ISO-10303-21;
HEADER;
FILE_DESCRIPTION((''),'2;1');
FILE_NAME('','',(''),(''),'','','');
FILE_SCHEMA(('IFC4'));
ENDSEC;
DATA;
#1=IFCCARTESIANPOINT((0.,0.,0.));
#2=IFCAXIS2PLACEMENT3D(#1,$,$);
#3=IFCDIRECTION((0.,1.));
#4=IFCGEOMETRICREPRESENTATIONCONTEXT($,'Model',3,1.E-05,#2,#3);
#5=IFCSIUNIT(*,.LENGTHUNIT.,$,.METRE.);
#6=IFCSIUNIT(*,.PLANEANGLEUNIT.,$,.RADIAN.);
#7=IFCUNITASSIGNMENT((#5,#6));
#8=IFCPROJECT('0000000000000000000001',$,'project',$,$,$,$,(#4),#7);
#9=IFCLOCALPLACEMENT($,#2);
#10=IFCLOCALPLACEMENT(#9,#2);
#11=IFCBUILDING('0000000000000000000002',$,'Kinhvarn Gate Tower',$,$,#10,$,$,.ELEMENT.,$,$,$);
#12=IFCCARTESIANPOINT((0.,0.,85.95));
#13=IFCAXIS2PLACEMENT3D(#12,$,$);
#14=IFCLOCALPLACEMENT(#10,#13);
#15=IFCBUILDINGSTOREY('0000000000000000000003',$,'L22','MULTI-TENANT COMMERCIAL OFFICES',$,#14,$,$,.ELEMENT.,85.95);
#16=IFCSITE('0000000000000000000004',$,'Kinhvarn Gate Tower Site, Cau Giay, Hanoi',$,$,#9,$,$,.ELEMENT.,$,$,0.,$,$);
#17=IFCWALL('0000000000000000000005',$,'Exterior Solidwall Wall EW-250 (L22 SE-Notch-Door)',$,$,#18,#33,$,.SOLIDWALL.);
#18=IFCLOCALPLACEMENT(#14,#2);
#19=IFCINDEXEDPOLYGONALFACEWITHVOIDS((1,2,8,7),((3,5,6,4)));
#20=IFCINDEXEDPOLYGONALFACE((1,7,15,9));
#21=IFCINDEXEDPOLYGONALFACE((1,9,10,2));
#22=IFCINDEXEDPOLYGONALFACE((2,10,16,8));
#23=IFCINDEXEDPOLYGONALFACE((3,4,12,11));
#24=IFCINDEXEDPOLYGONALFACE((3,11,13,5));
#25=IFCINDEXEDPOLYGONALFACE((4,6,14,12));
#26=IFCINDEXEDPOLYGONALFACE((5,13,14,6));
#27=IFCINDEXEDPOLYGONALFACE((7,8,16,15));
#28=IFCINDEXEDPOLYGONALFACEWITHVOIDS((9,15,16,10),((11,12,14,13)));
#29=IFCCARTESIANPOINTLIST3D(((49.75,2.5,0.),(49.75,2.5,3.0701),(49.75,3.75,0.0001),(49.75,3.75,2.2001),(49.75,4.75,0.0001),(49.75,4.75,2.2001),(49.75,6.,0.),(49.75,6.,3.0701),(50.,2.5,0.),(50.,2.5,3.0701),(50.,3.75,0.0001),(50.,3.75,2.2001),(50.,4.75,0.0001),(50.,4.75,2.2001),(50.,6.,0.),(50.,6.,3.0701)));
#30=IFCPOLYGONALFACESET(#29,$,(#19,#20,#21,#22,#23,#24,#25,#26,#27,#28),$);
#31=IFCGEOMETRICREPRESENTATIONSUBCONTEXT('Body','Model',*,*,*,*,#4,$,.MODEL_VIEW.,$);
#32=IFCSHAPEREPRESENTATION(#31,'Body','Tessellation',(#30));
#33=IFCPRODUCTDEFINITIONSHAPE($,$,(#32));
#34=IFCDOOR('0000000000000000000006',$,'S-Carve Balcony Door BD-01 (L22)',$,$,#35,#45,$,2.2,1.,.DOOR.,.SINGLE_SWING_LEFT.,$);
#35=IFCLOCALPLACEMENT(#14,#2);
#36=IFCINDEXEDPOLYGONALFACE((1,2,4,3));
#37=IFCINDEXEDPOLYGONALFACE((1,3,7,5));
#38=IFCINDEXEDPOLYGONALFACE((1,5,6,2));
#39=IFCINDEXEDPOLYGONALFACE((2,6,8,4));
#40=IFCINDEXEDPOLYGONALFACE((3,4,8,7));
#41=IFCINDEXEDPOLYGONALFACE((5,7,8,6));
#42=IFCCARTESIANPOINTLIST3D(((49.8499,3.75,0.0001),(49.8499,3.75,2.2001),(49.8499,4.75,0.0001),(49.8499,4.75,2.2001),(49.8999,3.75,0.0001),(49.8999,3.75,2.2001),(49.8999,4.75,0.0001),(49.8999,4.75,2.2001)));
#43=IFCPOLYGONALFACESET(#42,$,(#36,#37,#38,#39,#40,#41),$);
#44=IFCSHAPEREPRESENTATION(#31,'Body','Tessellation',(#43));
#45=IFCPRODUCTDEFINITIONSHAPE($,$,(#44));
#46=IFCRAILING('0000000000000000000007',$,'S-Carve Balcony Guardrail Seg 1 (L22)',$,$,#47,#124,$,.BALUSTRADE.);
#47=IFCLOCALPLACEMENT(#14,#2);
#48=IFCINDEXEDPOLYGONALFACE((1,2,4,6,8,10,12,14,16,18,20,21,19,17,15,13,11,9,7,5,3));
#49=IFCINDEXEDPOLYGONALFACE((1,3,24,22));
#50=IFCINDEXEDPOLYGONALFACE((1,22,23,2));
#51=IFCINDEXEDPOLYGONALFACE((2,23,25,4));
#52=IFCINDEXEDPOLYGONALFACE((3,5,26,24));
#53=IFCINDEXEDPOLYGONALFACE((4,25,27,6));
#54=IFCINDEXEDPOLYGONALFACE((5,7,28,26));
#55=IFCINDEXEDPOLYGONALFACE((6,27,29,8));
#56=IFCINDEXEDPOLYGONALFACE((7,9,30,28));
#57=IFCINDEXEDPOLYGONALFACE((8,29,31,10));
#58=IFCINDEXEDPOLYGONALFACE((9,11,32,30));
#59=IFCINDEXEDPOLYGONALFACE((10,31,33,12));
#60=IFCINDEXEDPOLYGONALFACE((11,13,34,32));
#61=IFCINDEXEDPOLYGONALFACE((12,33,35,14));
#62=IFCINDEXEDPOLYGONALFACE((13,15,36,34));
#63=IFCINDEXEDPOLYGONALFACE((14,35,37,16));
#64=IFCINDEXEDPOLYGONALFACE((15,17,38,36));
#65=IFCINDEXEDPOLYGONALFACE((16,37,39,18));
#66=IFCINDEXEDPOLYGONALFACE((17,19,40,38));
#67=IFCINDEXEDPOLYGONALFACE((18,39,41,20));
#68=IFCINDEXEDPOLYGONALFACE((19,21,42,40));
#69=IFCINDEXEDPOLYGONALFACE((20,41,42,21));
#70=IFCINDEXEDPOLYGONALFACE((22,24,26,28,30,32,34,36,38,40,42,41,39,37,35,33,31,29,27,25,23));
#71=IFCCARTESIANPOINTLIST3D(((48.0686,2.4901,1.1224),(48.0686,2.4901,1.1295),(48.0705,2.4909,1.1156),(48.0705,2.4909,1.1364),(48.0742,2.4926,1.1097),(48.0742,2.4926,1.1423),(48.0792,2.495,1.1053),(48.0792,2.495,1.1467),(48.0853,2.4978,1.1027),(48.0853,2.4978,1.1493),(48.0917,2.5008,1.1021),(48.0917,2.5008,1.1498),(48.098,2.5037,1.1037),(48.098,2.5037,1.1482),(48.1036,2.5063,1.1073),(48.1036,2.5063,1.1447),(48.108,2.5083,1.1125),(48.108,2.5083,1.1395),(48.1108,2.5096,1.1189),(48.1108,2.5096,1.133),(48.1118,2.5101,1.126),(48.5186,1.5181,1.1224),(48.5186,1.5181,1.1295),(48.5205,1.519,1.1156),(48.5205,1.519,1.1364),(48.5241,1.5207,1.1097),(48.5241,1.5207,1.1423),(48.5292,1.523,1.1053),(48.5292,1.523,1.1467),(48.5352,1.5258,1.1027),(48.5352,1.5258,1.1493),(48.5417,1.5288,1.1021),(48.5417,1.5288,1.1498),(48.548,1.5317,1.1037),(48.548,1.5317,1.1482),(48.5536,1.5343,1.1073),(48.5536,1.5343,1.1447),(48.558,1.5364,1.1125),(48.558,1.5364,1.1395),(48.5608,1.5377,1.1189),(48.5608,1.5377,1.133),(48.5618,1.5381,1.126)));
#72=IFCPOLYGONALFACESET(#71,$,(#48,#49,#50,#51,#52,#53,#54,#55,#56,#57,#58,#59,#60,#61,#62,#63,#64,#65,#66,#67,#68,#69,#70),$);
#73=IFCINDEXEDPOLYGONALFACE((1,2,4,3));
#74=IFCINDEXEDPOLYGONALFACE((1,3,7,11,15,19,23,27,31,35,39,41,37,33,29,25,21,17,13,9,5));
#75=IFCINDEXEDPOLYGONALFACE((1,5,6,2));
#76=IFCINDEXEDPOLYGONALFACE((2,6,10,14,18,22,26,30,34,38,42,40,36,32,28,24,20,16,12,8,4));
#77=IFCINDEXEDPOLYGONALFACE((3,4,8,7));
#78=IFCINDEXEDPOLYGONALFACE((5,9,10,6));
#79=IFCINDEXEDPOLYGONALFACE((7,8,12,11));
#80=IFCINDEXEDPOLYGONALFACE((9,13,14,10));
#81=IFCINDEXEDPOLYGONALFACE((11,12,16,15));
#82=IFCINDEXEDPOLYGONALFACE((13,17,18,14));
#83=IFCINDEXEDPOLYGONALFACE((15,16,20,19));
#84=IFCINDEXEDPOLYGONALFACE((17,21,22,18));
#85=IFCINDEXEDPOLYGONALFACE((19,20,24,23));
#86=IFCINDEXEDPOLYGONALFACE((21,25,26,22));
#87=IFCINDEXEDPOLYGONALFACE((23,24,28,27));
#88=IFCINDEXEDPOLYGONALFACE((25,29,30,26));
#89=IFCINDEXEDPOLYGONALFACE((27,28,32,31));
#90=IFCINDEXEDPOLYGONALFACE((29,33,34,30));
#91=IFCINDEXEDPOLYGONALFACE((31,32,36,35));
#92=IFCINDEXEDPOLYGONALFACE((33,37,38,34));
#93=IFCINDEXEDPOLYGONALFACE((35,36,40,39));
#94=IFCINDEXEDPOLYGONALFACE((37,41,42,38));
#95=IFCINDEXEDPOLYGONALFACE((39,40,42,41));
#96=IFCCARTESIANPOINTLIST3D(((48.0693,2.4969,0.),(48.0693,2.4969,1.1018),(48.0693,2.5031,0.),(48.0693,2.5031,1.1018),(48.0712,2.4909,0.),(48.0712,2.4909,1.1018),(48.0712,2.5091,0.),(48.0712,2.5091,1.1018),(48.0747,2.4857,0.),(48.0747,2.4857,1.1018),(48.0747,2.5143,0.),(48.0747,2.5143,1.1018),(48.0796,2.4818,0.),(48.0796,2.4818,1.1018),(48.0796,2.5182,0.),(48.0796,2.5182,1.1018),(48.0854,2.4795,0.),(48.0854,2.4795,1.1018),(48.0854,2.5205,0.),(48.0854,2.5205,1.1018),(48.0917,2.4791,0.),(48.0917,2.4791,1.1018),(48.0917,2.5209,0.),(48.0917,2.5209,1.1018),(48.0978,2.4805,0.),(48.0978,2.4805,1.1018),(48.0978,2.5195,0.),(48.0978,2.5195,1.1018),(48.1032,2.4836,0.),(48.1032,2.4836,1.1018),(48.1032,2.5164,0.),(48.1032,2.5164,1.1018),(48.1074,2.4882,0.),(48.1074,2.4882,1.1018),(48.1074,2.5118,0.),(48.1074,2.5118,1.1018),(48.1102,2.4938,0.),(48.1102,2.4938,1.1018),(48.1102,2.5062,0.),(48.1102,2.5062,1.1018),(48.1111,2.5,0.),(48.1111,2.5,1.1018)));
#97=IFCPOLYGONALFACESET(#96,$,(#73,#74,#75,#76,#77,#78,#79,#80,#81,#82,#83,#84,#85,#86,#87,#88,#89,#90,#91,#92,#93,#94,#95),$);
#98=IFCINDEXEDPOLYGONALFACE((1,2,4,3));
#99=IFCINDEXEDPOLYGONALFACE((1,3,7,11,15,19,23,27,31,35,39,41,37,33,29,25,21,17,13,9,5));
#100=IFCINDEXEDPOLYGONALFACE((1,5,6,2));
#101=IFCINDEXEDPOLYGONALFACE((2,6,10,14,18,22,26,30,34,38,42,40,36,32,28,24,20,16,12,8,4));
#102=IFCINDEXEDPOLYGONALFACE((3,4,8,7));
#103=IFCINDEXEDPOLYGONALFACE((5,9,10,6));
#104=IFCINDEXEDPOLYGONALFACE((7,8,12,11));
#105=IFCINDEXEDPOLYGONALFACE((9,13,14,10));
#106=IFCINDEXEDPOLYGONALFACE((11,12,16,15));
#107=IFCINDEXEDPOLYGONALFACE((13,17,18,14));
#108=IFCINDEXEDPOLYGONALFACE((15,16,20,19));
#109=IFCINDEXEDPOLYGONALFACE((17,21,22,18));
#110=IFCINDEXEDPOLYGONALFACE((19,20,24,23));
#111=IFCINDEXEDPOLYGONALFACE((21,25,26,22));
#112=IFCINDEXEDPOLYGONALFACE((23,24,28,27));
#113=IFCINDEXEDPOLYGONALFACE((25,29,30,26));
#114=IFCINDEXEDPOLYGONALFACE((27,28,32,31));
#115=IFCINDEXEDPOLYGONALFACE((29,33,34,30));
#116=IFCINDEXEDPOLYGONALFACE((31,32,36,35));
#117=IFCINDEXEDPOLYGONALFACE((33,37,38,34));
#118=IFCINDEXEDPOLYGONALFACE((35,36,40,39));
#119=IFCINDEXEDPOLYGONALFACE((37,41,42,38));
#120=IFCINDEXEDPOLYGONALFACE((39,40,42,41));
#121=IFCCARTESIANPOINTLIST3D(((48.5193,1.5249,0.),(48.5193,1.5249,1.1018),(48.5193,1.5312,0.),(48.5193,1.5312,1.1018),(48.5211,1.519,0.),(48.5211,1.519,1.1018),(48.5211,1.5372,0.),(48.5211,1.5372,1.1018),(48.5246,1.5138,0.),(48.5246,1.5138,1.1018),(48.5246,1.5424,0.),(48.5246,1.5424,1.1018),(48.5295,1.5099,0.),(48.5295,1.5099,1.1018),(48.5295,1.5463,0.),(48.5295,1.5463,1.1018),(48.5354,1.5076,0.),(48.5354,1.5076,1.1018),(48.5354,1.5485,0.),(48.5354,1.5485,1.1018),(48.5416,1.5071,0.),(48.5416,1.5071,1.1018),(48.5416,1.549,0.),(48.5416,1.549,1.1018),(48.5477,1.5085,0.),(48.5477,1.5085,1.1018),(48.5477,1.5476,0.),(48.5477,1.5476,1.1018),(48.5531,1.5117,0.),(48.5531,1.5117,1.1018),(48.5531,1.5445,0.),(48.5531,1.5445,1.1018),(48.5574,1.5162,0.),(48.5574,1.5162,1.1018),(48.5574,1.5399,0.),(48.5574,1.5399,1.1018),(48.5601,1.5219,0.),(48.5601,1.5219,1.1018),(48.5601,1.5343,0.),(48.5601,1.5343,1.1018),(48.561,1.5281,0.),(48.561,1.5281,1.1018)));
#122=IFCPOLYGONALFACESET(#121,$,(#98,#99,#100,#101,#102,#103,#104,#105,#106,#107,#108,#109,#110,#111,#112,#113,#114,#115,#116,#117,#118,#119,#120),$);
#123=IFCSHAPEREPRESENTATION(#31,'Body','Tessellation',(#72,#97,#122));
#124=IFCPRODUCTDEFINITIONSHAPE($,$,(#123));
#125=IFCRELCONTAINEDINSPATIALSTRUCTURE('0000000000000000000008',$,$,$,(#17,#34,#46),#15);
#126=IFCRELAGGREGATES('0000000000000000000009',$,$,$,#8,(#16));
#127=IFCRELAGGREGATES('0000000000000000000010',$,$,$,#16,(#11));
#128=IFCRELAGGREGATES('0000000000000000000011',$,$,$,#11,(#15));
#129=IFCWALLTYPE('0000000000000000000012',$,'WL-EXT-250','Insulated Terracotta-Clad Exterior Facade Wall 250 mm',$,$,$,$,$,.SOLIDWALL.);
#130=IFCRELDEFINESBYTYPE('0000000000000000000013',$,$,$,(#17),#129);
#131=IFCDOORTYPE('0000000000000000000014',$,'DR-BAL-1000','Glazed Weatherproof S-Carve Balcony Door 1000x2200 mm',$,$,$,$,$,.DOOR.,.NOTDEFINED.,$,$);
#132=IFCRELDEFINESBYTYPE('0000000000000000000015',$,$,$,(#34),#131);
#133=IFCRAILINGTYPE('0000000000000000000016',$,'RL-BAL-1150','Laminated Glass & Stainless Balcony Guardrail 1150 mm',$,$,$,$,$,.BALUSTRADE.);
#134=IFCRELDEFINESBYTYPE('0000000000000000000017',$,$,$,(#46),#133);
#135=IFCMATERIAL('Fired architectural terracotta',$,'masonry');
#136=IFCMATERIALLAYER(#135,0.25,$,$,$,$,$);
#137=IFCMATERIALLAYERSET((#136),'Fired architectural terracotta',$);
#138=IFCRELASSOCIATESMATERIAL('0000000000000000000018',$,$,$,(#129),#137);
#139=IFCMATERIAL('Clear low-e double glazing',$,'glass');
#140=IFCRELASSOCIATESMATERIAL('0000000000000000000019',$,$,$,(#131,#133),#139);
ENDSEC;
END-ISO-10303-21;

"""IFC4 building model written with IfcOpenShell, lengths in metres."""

from ifc_helpers import new_model, si_unit, direction, frame, frame_2d, origin, origin_2d, place, context, subcontext, project, spatial, rectangle, circle, extrude, material, layer, layer_set, type_object, element, fill, save


model = new_model("IFC4")

# Units and contexts
model_context = context("Model", 3, precision=1e-05, world=origin(), true_north=direction((0.0, 1.0)))
body_context = subcontext(model_context, "Body", "Model", "MODEL_VIEW")
ifc_project = project(units=[si_unit("LENGTHUNIT", "METRE"), si_unit("PLANEANGLEUNIT", "RADIAN")], contexts=[model_context])

# Site, building, storey
site_placement = place(None, origin())
site = spatial("IfcSite", under=ifc_project, at=site_placement, Name="Kinhvarn Gate Tower Site, Cau Giay, Hanoi", CompositionType="ELEMENT", RefElevation=0.0)
building_placement = place(site_placement, origin())
building = spatial("IfcBuilding", under=site, at=building_placement, Name="Kinhvarn Gate Tower", CompositionType="ELEMENT")
storey_placement = place(building_placement, frame((0.0, 0.0, 85.95)))
storey = spatial("IfcBuildingStorey", under=building, at=storey_placement, Name="L22", Description="MULTI-TENANT COMMERCIAL OFFICES", CompositionType="ELEMENT", Elevation=85.95)

# Shared definitions
ifc_material_1 = material(Name="Clear low-e double glazing", Category="glass")

# Wall, opening, door
ifc_material_2 = material(Name="Fired architectural terracotta", Category="masonry")
ifc_layer_1 = layer(ifc_material_2, 0.25)
ifc_layer_set_1 = layer_set([ifc_layer_1], Name="Fired architectural terracotta")
wall_type = type_object("IfcWallType", Name="WL-EXT-250", Description="Insulated Terracotta-Clad Exterior Facade Wall 250 mm", PredefinedType="SOLIDWALL", material=ifc_layer_set_1)
wall_placement = place(storey_placement, frame((49.875, 2.5, 0.0), z_axis=(0.0, 0.0, 1.0), x_axis=(0.0, 1.0, 0.0)))
wall = element("IfcWall", 1, at=wall_placement, inside=storey, type_object=wall_type, Name="Exterior Solidwall Wall EW-250 (L22 SE-Notch-Door)", PredefinedType="SOLIDWALL", context=body_context, shape_type="SweptSolid", body=[
    extrude(rectangle(XDim=3.5, YDim=0.25, at=frame_2d((1.75, 0.0))), origin(), (0.0, 0.0, 1.0), 3.0701),
])
opening_placement = place(wall_placement, frame((1.25, 0.0, 0.0)))
opening = element("IfcOpeningElement", 2, at=opening_placement, cuts=wall, PredefinedType="OPENING", context=body_context, shape_type="SweptSolid", body=[
    extrude(rectangle(XDim=1.0, YDim=2.2, at=frame_2d((0.5, 1.1001))), frame((0.0, 0.135, 0.0), z_axis=(0.0, -1.0, 0.0), x_axis=(1.0, 0.0, 0.0)), (0.0, 0.0, 1.0), 0.27),
])
door_type = type_object("IfcDoorType", Name="DR-BAL-1000", Description="Glazed Weatherproof S-Carve Balcony Door 1000x2200 mm", OperationType="NOTDEFINED", PredefinedType="DOOR", material=ifc_material_1)
door_placement = place(opening_placement, frame((1.0, 0.0, 0.0), z_axis=(0.0, 0.0, 1.0), x_axis=(-1.0, 0.0, 0.0)))
door = element("IfcDoor", 3, at=door_placement, inside=storey, type_object=door_type, Name="S-Carve Balcony Door BD-01 (L22)", OperationType="SINGLE_SWING_LEFT", OverallHeight=2.2, OverallWidth=1.0, PredefinedType="DOOR", context=body_context, shape_type="SweptSolid", body=[
    extrude(rectangle(XDim=1.0, YDim=2.2, at=frame_2d((0.5, 1.1001))), frame((0.0, 0.0249, 0.0), z_axis=(0.0, -1.0, 0.0), x_axis=(1.0, 0.0, 0.0)), (0.0, 0.0, 1.0), 0.05),
])
fill(opening, door)

# Railing
railing_type = type_object("IfcRailingType", Name="RL-BAL-1150", Description="Laminated Glass & Stainless Balcony Guardrail 1150 mm", PredefinedType="BALUSTRADE", material=ifc_material_1)
railing_1_placement = place(storey_placement, frame((48.0901, 2.5, 0.0)))
element("IfcRailing", 4, at=railing_1_placement, inside=storey, type_object=railing_type, Name="S-Carve Balcony Guardrail Seg 1 (L22)", PredefinedType="BALUSTRADE", context=body_context, shape_type="SweptSolid", body=[
    extrude(circle(Radius=0.0239, at=origin_2d()), frame((0.0, 0.0, 1.126), z_axis=(0.420113, -0.907472, 0.0), x_axis=(0.907472, 0.420113, 0.0)), (0.0, 0.0, 1.0), 1.071),
    extrude(circle(Radius=0.021, at=origin_2d()), origin(), (0.0, 0.0, 1.0), 1.1018),
    extrude(circle(Radius=0.021, at=origin_2d()), frame((0.45, -0.9719, 0.0)), (0.0, 0.0, 1.0), 1.1018),
])

save(model, "model.ifc")
